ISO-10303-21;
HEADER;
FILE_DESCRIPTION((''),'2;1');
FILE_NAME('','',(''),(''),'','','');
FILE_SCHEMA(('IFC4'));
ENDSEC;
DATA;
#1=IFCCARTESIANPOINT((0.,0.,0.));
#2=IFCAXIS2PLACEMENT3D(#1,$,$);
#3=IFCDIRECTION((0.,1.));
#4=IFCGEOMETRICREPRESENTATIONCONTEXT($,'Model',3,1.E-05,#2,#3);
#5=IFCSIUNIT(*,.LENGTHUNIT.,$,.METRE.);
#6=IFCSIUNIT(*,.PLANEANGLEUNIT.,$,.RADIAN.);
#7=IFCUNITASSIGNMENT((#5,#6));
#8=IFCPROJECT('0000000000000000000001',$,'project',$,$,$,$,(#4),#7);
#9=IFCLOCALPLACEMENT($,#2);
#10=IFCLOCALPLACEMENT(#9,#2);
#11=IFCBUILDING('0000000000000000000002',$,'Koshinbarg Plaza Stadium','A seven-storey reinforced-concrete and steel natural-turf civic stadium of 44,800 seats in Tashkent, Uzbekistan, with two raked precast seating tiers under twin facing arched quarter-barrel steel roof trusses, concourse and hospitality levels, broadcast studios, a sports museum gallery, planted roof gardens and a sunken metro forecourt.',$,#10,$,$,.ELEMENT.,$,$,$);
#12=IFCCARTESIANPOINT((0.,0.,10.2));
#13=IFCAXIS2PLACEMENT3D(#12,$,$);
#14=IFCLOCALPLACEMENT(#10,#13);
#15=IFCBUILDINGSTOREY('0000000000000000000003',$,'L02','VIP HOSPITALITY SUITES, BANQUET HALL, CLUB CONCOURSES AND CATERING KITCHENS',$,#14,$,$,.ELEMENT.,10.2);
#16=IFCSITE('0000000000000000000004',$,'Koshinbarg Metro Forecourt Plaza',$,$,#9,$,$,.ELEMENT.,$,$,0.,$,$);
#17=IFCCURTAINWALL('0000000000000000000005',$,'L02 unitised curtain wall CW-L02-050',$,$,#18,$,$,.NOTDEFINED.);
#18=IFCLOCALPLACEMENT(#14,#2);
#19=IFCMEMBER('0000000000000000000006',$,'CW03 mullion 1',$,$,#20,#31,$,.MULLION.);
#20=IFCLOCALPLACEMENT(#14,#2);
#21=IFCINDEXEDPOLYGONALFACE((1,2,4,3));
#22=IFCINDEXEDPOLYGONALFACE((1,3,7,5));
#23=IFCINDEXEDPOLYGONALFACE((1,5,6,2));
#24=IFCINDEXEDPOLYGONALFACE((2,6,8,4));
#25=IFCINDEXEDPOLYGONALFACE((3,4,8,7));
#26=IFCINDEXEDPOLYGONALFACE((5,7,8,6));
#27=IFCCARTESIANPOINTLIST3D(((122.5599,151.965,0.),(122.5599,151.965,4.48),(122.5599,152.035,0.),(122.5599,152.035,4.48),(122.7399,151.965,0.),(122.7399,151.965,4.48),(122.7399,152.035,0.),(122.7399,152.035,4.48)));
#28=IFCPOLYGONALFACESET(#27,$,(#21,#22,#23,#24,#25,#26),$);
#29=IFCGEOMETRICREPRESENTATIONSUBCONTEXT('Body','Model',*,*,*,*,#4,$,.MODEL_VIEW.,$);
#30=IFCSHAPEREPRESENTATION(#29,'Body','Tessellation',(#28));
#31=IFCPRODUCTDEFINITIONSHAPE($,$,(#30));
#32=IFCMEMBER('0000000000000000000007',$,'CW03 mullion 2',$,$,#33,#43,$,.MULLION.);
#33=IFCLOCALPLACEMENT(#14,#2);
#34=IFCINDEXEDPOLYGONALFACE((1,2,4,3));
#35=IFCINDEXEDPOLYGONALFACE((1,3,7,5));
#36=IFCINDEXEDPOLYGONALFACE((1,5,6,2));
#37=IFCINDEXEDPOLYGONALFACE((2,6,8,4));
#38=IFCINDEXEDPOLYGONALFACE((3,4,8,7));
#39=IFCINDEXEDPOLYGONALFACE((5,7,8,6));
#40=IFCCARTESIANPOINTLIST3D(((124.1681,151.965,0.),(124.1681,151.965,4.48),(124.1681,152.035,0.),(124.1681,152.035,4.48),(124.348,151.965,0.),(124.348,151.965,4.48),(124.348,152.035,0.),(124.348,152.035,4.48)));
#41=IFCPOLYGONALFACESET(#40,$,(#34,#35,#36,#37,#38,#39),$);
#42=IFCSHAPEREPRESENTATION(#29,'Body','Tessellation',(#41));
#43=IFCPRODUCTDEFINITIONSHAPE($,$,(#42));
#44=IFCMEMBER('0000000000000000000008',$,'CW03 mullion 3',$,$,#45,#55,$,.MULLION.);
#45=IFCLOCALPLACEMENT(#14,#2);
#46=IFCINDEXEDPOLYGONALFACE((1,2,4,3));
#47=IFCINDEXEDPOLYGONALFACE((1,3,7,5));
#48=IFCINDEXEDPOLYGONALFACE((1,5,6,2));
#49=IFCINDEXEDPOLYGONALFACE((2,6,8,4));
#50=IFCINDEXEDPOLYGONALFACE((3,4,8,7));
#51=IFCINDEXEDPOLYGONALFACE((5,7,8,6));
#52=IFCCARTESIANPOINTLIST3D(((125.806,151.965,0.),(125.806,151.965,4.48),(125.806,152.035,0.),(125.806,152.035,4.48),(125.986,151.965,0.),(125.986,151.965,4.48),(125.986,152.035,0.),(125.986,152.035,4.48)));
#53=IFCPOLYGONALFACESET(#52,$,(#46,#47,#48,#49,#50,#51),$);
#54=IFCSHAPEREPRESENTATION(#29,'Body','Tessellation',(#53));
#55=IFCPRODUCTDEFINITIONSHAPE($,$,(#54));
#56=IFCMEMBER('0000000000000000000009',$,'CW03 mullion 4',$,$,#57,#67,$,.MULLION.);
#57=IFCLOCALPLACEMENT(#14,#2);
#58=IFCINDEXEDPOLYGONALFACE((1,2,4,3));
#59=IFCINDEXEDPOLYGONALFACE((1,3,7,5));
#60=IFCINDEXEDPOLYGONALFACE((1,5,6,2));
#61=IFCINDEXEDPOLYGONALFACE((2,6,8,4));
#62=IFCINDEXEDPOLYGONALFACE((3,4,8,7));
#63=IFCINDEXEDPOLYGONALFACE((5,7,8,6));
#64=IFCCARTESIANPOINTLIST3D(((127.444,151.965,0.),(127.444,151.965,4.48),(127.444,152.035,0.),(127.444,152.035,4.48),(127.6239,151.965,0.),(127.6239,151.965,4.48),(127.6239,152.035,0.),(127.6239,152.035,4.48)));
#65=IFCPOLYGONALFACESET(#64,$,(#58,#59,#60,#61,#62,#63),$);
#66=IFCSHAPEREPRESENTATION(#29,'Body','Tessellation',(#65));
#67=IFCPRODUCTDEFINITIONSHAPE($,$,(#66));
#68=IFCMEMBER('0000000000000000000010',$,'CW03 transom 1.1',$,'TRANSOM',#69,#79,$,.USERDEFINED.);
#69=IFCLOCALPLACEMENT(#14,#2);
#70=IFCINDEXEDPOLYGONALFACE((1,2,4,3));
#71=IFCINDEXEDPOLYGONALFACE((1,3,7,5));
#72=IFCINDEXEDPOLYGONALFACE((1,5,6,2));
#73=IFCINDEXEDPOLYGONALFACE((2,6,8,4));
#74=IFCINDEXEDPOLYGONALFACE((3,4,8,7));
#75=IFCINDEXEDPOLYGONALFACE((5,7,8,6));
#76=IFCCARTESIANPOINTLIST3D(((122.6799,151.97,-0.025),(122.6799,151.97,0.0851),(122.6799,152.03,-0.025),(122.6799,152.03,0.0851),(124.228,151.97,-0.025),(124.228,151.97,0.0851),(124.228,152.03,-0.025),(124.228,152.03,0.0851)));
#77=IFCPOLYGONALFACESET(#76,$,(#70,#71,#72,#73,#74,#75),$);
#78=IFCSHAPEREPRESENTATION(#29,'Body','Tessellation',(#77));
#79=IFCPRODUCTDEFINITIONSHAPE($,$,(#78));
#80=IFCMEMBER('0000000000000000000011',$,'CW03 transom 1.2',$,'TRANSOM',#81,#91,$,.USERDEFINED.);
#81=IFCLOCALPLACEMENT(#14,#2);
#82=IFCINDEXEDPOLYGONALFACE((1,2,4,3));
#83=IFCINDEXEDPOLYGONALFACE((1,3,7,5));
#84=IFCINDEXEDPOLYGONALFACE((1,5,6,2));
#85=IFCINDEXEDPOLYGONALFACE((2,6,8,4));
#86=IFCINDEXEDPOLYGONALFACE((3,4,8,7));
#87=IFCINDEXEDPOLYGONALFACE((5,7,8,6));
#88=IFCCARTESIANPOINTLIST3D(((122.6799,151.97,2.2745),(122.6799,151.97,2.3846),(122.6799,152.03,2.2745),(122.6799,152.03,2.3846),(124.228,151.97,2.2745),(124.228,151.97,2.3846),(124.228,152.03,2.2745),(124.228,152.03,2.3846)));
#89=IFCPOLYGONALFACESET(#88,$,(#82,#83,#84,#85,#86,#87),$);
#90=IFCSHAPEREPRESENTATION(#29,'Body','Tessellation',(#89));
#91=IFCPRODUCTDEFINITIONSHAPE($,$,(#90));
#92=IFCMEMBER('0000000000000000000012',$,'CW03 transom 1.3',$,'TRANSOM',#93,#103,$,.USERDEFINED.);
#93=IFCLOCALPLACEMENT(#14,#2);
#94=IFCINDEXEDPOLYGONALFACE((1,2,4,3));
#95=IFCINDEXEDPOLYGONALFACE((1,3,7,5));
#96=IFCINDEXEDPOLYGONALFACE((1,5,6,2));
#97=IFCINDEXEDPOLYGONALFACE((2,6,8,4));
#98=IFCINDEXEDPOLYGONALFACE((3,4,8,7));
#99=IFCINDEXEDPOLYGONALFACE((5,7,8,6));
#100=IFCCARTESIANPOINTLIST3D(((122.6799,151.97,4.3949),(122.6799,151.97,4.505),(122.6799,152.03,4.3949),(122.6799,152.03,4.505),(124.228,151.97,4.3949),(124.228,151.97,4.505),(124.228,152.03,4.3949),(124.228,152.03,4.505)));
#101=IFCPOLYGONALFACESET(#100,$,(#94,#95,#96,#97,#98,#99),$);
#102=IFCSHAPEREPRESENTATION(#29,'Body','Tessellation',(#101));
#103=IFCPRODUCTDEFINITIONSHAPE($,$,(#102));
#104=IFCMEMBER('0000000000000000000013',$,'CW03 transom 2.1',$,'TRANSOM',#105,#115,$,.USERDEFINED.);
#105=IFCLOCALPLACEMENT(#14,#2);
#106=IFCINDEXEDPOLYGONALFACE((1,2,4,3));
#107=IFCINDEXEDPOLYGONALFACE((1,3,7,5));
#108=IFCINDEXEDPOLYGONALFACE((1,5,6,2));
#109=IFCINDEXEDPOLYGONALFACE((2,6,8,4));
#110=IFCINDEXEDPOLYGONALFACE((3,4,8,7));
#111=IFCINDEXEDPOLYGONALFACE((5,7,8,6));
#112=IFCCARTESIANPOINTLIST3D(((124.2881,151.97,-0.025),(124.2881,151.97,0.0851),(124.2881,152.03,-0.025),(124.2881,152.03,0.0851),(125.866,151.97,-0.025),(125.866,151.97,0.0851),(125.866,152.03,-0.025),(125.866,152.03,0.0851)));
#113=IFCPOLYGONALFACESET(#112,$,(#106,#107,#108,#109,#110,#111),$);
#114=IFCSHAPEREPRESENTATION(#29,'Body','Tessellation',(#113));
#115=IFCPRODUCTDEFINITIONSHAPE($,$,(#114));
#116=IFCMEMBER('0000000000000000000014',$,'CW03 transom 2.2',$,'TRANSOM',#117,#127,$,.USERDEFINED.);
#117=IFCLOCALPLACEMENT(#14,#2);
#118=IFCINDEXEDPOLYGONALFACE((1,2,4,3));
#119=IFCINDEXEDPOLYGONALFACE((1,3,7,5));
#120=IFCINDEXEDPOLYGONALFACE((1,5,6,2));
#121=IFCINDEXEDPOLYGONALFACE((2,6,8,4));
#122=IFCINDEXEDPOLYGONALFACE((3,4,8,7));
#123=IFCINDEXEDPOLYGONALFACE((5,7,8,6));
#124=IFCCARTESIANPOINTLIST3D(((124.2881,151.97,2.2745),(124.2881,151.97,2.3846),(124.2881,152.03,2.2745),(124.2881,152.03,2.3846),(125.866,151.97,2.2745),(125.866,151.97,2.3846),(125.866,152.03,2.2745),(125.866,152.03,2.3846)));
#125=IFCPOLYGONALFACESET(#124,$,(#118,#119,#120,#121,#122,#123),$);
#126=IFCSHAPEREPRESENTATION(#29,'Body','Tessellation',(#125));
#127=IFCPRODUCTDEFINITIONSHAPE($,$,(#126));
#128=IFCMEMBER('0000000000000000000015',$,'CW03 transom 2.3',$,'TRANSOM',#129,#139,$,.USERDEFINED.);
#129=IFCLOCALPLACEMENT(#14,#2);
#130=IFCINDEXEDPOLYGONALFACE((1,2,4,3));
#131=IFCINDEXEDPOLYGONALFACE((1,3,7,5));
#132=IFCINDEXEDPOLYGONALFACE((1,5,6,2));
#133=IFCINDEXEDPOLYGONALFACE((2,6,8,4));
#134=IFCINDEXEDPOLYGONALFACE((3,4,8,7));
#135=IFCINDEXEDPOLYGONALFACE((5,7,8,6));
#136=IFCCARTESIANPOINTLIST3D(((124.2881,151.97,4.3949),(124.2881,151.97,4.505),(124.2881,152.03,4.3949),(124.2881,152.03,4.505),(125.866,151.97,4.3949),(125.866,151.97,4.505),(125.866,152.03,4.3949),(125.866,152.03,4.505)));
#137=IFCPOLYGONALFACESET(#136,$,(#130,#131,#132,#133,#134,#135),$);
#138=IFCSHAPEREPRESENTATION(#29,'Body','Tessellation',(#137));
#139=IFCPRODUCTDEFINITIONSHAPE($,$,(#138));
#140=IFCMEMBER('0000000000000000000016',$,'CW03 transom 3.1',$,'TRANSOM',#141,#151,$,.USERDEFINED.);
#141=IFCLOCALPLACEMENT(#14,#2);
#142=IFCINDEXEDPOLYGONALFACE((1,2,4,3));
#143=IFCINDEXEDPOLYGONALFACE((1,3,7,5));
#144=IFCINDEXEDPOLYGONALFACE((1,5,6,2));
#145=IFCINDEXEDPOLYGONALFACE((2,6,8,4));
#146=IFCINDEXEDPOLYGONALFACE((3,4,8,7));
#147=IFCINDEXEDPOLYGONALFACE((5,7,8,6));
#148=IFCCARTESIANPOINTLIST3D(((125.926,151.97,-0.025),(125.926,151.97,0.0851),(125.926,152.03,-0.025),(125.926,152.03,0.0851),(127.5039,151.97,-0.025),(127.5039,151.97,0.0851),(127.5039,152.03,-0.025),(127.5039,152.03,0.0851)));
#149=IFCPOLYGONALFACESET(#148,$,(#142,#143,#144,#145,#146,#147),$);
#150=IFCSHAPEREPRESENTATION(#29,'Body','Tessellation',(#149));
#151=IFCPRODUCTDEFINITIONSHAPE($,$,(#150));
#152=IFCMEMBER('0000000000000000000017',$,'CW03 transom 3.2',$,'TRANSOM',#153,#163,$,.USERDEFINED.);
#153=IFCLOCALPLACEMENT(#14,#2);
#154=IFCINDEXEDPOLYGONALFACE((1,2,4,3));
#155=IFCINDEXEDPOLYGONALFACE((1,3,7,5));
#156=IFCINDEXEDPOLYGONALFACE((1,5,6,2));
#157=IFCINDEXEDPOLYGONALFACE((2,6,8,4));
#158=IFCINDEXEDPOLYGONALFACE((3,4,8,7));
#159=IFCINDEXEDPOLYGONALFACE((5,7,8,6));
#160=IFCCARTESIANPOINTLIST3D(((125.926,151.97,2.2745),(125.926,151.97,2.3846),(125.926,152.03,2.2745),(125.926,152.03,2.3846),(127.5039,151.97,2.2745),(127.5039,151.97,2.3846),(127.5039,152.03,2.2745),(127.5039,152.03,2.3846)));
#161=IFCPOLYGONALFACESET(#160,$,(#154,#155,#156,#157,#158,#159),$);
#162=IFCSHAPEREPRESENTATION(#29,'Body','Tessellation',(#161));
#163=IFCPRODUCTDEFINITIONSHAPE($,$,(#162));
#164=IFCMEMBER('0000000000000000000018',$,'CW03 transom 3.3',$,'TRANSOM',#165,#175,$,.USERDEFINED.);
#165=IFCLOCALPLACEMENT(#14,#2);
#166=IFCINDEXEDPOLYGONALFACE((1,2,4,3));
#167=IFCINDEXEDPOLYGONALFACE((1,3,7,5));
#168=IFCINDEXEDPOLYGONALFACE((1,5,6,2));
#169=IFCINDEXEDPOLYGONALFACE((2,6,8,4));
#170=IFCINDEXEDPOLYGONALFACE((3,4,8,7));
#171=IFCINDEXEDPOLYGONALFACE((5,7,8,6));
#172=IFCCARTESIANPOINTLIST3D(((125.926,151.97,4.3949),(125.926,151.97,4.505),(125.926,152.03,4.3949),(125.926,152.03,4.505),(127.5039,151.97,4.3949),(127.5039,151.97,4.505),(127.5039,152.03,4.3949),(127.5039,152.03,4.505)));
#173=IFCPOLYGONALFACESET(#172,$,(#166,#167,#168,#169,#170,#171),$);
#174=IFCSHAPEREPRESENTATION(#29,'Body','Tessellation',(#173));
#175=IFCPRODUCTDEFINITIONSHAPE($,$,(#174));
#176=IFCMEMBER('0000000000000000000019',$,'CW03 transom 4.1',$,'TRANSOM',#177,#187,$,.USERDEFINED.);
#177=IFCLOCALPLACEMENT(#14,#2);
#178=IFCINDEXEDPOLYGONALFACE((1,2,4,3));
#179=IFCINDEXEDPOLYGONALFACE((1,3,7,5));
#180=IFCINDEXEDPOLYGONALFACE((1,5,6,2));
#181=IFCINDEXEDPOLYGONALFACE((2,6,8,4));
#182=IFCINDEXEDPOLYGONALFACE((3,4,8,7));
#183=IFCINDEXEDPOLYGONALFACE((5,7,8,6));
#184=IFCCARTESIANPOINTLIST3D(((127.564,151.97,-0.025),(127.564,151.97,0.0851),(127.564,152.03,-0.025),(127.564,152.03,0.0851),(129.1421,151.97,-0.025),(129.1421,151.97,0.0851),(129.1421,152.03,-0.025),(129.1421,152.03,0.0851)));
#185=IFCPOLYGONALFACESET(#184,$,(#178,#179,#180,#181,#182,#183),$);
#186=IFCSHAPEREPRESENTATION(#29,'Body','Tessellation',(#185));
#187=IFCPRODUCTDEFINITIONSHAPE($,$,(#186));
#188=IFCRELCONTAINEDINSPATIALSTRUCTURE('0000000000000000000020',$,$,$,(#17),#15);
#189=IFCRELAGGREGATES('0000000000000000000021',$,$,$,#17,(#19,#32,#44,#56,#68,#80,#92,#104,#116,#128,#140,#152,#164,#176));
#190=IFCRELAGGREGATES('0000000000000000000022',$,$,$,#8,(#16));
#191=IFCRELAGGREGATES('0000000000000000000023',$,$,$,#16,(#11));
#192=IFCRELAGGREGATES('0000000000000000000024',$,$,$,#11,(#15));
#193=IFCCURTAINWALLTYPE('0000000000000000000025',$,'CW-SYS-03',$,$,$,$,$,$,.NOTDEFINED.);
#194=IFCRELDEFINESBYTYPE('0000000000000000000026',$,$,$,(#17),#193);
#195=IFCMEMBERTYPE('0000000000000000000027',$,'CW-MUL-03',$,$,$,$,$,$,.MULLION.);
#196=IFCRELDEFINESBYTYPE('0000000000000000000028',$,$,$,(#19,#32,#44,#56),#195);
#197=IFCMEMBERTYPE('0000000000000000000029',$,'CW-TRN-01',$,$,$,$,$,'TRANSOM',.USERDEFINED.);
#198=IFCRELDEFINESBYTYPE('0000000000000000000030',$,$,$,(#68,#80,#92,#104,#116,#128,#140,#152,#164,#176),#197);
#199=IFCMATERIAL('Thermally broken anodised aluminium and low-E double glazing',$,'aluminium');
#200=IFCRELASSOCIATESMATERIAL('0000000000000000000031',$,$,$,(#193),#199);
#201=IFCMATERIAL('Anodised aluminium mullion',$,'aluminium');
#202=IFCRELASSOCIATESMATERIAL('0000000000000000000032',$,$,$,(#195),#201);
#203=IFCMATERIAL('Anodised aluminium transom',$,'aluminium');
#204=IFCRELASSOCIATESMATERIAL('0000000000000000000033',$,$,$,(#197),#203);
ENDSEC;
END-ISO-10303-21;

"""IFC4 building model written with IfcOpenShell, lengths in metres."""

from ifc_helpers import new_model, si_unit, direction, frame, origin, origin_2d, place, context, subcontext, project, spatial, rectangle, extrude, material, material_profile, profile_set, type_object, element, aggregate, save


model = new_model("IFC4")

# Units and contexts
model_context = context("Model", 3, precision=1e-05, world=origin(), true_north=direction((0.0, 1.0)))
body_context = subcontext(model_context, "Body", "Model", "MODEL_VIEW")
ifc_project = project(units=[si_unit("LENGTHUNIT", "METRE"), si_unit("PLANEANGLEUNIT", "RADIAN")], contexts=[model_context])

# Site, building, storey
site_placement = place(None, origin())
site = spatial("IfcSite", under=ifc_project, at=site_placement, Name="Koshinbarg Metro Forecourt Plaza", CompositionType="ELEMENT", RefElevation=0.0)
building_placement = place(site_placement, origin())
building = spatial("IfcBuilding", under=site, at=building_placement, Name="Koshinbarg Plaza Stadium", Description="A seven-storey reinforced-concrete and steel natural-turf civic stadium of 44,800 seats in Tashkent, Uzbekistan, with two raked precast seating tiers under twin facing arched quarter-barrel steel roof trusses, concourse and hospitality levels, broadcast studios, a sports museum gallery, planted roof gardens and a sunken metro forecourt.", CompositionType="ELEMENT")
storey_placement = place(building_placement, frame((0.0, 0.0, 10.2)))
storey = spatial("IfcBuildingStorey", under=building, at=storey_placement, Name="L02", Description="VIP HOSPITALITY SUITES, BANQUET HALL, CLUB CONCOURSES AND CATERING KITCHENS", CompositionType="ELEMENT", Elevation=10.2)

# Curtain wall, members
ifc_material_1 = material(Name="Thermally broken anodised aluminium and low-E double glazing", Category="aluminium")
curtain_wall_type = type_object("IfcCurtainWallType", Name="CW-SYS-03", PredefinedType="NOTDEFINED", material=ifc_material_1)
curtain_wall_placement = place(storey_placement, origin())
curtain_wall = element("IfcCurtainWall", 1, at=curtain_wall_placement, inside=storey, type_object=curtain_wall_type, Name="L02 unitised curtain wall CW-L02-050", PredefinedType="NOTDEFINED")
ifc_material_2 = material(Name="Anodised aluminium mullion", Category="aluminium")
ifc_material_profile_1 = material_profile(ifc_material_2, rectangle(XDim=0.0701, YDim=0.1799, at=origin_2d()), Name="ALU 70x180")
ifc_profile_set_1 = profile_set([ifc_material_profile_1], Name="Anodised aluminium mullion")
member_type_1 = type_object("IfcMemberType", Name="CW-MUL-03", PredefinedType="MULLION", material=ifc_profile_set_1)
member_1_placement = place(storey_placement, frame((122.6499, 152.0, 0.0), z_axis=(0.0, 0.0, 1.0), x_axis=(0.0, 1.0, 0.0)))
member_1 = element("IfcMember", 2, at=member_1_placement, type_object=member_type_1, Name="CW03 mullion 1", PredefinedType="MULLION", context=body_context, shape_type="SweptSolid", body=[
    extrude(rectangle(XDim=0.0701, YDim=0.1799, at=origin_2d()), origin(), (0.0, 0.0, 1.0), 4.48),
])
member_2_placement = place(storey_placement, frame((124.2581, 152.0, 0.0), z_axis=(0.0, 0.0, 1.0), x_axis=(0.0, 1.0, 0.0)))
member_2 = element("IfcMember", 3, at=member_2_placement, type_object=member_type_1, Name="CW03 mullion 2", PredefinedType="MULLION", context=body_context, shape_type="SweptSolid", body=[
    extrude(rectangle(XDim=0.0701, YDim=0.1799, at=origin_2d()), origin(), (0.0, 0.0, 1.0), 4.48),
])
member_3_placement = place(storey_placement, frame((125.896, 152.0, 0.0), z_axis=(0.0, 0.0, 1.0), x_axis=(0.0, 1.0, 0.0)))
member_3 = element("IfcMember", 4, at=member_3_placement, type_object=member_type_1, Name="CW03 mullion 3", PredefinedType="MULLION", context=body_context, shape_type="SweptSolid", body=[
    extrude(rectangle(XDim=0.0701, YDim=0.1799, at=origin_2d()), origin(), (0.0, 0.0, 1.0), 4.48),
])
member_4_placement = place(storey_placement, frame((127.5339, 152.0, 0.0), z_axis=(0.0, 0.0, 1.0), x_axis=(0.0, 1.0, 0.0)))
member_4 = element("IfcMember", 5, at=member_4_placement, type_object=member_type_1, Name="CW03 mullion 4", PredefinedType="MULLION", context=body_context, shape_type="SweptSolid", body=[
    extrude(rectangle(XDim=0.0701, YDim=0.1799, at=origin_2d()), origin(), (0.0, 0.0, 1.0), 4.48),
])
ifc_material_3 = material(Name="Anodised aluminium transom", Category="aluminium")
ifc_material_profile_2 = material_profile(ifc_material_3, rectangle(XDim=0.0601, YDim=0.1101, at=origin_2d()), Name="ALU 60x110")
ifc_profile_set_2 = profile_set([ifc_material_profile_2], Name="Anodised aluminium transom")
member_type_2 = type_object("IfcMemberType", Name="CW-TRN-01", ElementType="TRANSOM", PredefinedType="USERDEFINED", material=ifc_profile_set_2)
member_5_placement = place(storey_placement, frame((122.6799, 152.0, 0.03), z_axis=(1.0, 0.0, 0.0), x_axis=(0.0, 1.0, 0.0)))
member_5 = element("IfcMember", 6, at=member_5_placement, type_object=member_type_2, Name="CW03 transom 1.1", ObjectType="TRANSOM", PredefinedType="USERDEFINED", context=body_context, shape_type="SweptSolid", body=[
    extrude(rectangle(XDim=0.0601, YDim=0.1101, at=origin_2d()), origin(), (0.0, 0.0, 1.0), 1.5481),
])
member_6_placement = place(storey_placement, frame((122.6799, 152.0, 2.3296), z_axis=(1.0, 0.0, 0.0), x_axis=(0.0, 1.0, 0.0)))
member_6 = element("IfcMember", 7, at=member_6_placement, type_object=member_type_2, Name="CW03 transom 1.2", ObjectType="TRANSOM", PredefinedType="USERDEFINED", context=body_context, shape_type="SweptSolid", body=[
    extrude(rectangle(XDim=0.0601, YDim=0.1101, at=origin_2d()), origin(), (0.0, 0.0, 1.0), 1.5481),
])
member_7_placement = place(storey_placement, frame((122.6799, 152.0, 4.45), z_axis=(1.0, 0.0, 0.0), x_axis=(0.0, 1.0, 0.0)))
member_7 = element("IfcMember", 8, at=member_7_placement, type_object=member_type_2, Name="CW03 transom 1.3", ObjectType="TRANSOM", PredefinedType="USERDEFINED", context=body_context, shape_type="SweptSolid", body=[
    extrude(rectangle(XDim=0.0601, YDim=0.1101, at=origin_2d()), origin(), (0.0, 0.0, 1.0), 1.5481),
])
member_8_placement = place(storey_placement, frame((124.2881, 152.0, 0.03), z_axis=(1.0, 0.0, 0.0), x_axis=(0.0, 1.0, 0.0)))
member_8 = element("IfcMember", 9, at=member_8_placement, type_object=member_type_2, Name="CW03 transom 2.1", ObjectType="TRANSOM", PredefinedType="USERDEFINED", context=body_context, shape_type="SweptSolid", body=[
    extrude(rectangle(XDim=0.0601, YDim=0.1101, at=origin_2d()), origin(), (0.0, 0.0, 1.0), 1.5779),
])
member_9_placement = place(storey_placement, frame((124.2881, 152.0, 2.3296), z_axis=(1.0, 0.0, 0.0), x_axis=(0.0, 1.0, 0.0)))
member_9 = element("IfcMember", 10, at=member_9_placement, type_object=member_type_2, Name="CW03 transom 2.2", ObjectType="TRANSOM", PredefinedType="USERDEFINED", context=body_context, shape_type="SweptSolid", body=[
    extrude(rectangle(XDim=0.0601, YDim=0.1101, at=origin_2d()), origin(), (0.0, 0.0, 1.0), 1.5779),
])
member_10_placement = place(storey_placement, frame((124.2881, 152.0, 4.45), z_axis=(1.0, 0.0, 0.0), x_axis=(0.0, 1.0, 0.0)))
member_10 = element("IfcMember", 11, at=member_10_placement, type_object=member_type_2, Name="CW03 transom 2.3", ObjectType="TRANSOM", PredefinedType="USERDEFINED", context=body_context, shape_type="SweptSolid", body=[
    extrude(rectangle(XDim=0.0601, YDim=0.1101, at=origin_2d()), origin(), (0.0, 0.0, 1.0), 1.5779),
])
member_11_placement = place(storey_placement, frame((125.926, 152.0, 0.03), z_axis=(1.0, 0.0, 0.0), x_axis=(0.0, 1.0, 0.0)))
member_11 = element("IfcMember", 12, at=member_11_placement, type_object=member_type_2, Name="CW03 transom 3.1", ObjectType="TRANSOM", PredefinedType="USERDEFINED", context=body_context, shape_type="SweptSolid", body=[
    extrude(rectangle(XDim=0.0601, YDim=0.1101, at=origin_2d()), origin(), (0.0, 0.0, 1.0), 1.5779),
])
member_12_placement = place(storey_placement, frame((125.926, 152.0, 2.3296), z_axis=(1.0, 0.0, 0.0), x_axis=(0.0, 1.0, 0.0)))
member_12 = element("IfcMember", 13, at=member_12_placement, type_object=member_type_2, Name="CW03 transom 3.2", ObjectType="TRANSOM", PredefinedType="USERDEFINED", context=body_context, shape_type="SweptSolid", body=[
    extrude(rectangle(XDim=0.0601, YDim=0.1101, at=origin_2d()), origin(), (0.0, 0.0, 1.0), 1.5779),
])
member_13_placement = place(storey_placement, frame((125.926, 152.0, 4.45), z_axis=(1.0, 0.0, 0.0), x_axis=(0.0, 1.0, 0.0)))
member_13 = element("IfcMember", 14, at=member_13_placement, type_object=member_type_2, Name="CW03 transom 3.3", ObjectType="TRANSOM", PredefinedType="USERDEFINED", context=body_context, shape_type="SweptSolid", body=[
    extrude(rectangle(XDim=0.0601, YDim=0.1101, at=origin_2d()), origin(), (0.0, 0.0, 1.0), 1.5779),
])
member_14_placement = place(storey_placement, frame((127.564, 152.0, 0.03), z_axis=(1.0, 0.0, 0.0), x_axis=(0.0, 1.0, 0.0)))
member_14 = element("IfcMember", 15, at=member_14_placement, type_object=member_type_2, Name="CW03 transom 4.1", ObjectType="TRANSOM", PredefinedType="USERDEFINED", context=body_context, shape_type="SweptSolid", body=[
    extrude(rectangle(XDim=0.0601, YDim=0.1101, at=origin_2d()), origin(), (0.0, 0.0, 1.0), 1.5781),
])
aggregate(curtain_wall, [member_1, member_2, member_3, member_4, member_5, member_6, member_7, member_8, member_9, member_10, member_11, member_12, member_13, member_14])

save(model, "model.ifc")
